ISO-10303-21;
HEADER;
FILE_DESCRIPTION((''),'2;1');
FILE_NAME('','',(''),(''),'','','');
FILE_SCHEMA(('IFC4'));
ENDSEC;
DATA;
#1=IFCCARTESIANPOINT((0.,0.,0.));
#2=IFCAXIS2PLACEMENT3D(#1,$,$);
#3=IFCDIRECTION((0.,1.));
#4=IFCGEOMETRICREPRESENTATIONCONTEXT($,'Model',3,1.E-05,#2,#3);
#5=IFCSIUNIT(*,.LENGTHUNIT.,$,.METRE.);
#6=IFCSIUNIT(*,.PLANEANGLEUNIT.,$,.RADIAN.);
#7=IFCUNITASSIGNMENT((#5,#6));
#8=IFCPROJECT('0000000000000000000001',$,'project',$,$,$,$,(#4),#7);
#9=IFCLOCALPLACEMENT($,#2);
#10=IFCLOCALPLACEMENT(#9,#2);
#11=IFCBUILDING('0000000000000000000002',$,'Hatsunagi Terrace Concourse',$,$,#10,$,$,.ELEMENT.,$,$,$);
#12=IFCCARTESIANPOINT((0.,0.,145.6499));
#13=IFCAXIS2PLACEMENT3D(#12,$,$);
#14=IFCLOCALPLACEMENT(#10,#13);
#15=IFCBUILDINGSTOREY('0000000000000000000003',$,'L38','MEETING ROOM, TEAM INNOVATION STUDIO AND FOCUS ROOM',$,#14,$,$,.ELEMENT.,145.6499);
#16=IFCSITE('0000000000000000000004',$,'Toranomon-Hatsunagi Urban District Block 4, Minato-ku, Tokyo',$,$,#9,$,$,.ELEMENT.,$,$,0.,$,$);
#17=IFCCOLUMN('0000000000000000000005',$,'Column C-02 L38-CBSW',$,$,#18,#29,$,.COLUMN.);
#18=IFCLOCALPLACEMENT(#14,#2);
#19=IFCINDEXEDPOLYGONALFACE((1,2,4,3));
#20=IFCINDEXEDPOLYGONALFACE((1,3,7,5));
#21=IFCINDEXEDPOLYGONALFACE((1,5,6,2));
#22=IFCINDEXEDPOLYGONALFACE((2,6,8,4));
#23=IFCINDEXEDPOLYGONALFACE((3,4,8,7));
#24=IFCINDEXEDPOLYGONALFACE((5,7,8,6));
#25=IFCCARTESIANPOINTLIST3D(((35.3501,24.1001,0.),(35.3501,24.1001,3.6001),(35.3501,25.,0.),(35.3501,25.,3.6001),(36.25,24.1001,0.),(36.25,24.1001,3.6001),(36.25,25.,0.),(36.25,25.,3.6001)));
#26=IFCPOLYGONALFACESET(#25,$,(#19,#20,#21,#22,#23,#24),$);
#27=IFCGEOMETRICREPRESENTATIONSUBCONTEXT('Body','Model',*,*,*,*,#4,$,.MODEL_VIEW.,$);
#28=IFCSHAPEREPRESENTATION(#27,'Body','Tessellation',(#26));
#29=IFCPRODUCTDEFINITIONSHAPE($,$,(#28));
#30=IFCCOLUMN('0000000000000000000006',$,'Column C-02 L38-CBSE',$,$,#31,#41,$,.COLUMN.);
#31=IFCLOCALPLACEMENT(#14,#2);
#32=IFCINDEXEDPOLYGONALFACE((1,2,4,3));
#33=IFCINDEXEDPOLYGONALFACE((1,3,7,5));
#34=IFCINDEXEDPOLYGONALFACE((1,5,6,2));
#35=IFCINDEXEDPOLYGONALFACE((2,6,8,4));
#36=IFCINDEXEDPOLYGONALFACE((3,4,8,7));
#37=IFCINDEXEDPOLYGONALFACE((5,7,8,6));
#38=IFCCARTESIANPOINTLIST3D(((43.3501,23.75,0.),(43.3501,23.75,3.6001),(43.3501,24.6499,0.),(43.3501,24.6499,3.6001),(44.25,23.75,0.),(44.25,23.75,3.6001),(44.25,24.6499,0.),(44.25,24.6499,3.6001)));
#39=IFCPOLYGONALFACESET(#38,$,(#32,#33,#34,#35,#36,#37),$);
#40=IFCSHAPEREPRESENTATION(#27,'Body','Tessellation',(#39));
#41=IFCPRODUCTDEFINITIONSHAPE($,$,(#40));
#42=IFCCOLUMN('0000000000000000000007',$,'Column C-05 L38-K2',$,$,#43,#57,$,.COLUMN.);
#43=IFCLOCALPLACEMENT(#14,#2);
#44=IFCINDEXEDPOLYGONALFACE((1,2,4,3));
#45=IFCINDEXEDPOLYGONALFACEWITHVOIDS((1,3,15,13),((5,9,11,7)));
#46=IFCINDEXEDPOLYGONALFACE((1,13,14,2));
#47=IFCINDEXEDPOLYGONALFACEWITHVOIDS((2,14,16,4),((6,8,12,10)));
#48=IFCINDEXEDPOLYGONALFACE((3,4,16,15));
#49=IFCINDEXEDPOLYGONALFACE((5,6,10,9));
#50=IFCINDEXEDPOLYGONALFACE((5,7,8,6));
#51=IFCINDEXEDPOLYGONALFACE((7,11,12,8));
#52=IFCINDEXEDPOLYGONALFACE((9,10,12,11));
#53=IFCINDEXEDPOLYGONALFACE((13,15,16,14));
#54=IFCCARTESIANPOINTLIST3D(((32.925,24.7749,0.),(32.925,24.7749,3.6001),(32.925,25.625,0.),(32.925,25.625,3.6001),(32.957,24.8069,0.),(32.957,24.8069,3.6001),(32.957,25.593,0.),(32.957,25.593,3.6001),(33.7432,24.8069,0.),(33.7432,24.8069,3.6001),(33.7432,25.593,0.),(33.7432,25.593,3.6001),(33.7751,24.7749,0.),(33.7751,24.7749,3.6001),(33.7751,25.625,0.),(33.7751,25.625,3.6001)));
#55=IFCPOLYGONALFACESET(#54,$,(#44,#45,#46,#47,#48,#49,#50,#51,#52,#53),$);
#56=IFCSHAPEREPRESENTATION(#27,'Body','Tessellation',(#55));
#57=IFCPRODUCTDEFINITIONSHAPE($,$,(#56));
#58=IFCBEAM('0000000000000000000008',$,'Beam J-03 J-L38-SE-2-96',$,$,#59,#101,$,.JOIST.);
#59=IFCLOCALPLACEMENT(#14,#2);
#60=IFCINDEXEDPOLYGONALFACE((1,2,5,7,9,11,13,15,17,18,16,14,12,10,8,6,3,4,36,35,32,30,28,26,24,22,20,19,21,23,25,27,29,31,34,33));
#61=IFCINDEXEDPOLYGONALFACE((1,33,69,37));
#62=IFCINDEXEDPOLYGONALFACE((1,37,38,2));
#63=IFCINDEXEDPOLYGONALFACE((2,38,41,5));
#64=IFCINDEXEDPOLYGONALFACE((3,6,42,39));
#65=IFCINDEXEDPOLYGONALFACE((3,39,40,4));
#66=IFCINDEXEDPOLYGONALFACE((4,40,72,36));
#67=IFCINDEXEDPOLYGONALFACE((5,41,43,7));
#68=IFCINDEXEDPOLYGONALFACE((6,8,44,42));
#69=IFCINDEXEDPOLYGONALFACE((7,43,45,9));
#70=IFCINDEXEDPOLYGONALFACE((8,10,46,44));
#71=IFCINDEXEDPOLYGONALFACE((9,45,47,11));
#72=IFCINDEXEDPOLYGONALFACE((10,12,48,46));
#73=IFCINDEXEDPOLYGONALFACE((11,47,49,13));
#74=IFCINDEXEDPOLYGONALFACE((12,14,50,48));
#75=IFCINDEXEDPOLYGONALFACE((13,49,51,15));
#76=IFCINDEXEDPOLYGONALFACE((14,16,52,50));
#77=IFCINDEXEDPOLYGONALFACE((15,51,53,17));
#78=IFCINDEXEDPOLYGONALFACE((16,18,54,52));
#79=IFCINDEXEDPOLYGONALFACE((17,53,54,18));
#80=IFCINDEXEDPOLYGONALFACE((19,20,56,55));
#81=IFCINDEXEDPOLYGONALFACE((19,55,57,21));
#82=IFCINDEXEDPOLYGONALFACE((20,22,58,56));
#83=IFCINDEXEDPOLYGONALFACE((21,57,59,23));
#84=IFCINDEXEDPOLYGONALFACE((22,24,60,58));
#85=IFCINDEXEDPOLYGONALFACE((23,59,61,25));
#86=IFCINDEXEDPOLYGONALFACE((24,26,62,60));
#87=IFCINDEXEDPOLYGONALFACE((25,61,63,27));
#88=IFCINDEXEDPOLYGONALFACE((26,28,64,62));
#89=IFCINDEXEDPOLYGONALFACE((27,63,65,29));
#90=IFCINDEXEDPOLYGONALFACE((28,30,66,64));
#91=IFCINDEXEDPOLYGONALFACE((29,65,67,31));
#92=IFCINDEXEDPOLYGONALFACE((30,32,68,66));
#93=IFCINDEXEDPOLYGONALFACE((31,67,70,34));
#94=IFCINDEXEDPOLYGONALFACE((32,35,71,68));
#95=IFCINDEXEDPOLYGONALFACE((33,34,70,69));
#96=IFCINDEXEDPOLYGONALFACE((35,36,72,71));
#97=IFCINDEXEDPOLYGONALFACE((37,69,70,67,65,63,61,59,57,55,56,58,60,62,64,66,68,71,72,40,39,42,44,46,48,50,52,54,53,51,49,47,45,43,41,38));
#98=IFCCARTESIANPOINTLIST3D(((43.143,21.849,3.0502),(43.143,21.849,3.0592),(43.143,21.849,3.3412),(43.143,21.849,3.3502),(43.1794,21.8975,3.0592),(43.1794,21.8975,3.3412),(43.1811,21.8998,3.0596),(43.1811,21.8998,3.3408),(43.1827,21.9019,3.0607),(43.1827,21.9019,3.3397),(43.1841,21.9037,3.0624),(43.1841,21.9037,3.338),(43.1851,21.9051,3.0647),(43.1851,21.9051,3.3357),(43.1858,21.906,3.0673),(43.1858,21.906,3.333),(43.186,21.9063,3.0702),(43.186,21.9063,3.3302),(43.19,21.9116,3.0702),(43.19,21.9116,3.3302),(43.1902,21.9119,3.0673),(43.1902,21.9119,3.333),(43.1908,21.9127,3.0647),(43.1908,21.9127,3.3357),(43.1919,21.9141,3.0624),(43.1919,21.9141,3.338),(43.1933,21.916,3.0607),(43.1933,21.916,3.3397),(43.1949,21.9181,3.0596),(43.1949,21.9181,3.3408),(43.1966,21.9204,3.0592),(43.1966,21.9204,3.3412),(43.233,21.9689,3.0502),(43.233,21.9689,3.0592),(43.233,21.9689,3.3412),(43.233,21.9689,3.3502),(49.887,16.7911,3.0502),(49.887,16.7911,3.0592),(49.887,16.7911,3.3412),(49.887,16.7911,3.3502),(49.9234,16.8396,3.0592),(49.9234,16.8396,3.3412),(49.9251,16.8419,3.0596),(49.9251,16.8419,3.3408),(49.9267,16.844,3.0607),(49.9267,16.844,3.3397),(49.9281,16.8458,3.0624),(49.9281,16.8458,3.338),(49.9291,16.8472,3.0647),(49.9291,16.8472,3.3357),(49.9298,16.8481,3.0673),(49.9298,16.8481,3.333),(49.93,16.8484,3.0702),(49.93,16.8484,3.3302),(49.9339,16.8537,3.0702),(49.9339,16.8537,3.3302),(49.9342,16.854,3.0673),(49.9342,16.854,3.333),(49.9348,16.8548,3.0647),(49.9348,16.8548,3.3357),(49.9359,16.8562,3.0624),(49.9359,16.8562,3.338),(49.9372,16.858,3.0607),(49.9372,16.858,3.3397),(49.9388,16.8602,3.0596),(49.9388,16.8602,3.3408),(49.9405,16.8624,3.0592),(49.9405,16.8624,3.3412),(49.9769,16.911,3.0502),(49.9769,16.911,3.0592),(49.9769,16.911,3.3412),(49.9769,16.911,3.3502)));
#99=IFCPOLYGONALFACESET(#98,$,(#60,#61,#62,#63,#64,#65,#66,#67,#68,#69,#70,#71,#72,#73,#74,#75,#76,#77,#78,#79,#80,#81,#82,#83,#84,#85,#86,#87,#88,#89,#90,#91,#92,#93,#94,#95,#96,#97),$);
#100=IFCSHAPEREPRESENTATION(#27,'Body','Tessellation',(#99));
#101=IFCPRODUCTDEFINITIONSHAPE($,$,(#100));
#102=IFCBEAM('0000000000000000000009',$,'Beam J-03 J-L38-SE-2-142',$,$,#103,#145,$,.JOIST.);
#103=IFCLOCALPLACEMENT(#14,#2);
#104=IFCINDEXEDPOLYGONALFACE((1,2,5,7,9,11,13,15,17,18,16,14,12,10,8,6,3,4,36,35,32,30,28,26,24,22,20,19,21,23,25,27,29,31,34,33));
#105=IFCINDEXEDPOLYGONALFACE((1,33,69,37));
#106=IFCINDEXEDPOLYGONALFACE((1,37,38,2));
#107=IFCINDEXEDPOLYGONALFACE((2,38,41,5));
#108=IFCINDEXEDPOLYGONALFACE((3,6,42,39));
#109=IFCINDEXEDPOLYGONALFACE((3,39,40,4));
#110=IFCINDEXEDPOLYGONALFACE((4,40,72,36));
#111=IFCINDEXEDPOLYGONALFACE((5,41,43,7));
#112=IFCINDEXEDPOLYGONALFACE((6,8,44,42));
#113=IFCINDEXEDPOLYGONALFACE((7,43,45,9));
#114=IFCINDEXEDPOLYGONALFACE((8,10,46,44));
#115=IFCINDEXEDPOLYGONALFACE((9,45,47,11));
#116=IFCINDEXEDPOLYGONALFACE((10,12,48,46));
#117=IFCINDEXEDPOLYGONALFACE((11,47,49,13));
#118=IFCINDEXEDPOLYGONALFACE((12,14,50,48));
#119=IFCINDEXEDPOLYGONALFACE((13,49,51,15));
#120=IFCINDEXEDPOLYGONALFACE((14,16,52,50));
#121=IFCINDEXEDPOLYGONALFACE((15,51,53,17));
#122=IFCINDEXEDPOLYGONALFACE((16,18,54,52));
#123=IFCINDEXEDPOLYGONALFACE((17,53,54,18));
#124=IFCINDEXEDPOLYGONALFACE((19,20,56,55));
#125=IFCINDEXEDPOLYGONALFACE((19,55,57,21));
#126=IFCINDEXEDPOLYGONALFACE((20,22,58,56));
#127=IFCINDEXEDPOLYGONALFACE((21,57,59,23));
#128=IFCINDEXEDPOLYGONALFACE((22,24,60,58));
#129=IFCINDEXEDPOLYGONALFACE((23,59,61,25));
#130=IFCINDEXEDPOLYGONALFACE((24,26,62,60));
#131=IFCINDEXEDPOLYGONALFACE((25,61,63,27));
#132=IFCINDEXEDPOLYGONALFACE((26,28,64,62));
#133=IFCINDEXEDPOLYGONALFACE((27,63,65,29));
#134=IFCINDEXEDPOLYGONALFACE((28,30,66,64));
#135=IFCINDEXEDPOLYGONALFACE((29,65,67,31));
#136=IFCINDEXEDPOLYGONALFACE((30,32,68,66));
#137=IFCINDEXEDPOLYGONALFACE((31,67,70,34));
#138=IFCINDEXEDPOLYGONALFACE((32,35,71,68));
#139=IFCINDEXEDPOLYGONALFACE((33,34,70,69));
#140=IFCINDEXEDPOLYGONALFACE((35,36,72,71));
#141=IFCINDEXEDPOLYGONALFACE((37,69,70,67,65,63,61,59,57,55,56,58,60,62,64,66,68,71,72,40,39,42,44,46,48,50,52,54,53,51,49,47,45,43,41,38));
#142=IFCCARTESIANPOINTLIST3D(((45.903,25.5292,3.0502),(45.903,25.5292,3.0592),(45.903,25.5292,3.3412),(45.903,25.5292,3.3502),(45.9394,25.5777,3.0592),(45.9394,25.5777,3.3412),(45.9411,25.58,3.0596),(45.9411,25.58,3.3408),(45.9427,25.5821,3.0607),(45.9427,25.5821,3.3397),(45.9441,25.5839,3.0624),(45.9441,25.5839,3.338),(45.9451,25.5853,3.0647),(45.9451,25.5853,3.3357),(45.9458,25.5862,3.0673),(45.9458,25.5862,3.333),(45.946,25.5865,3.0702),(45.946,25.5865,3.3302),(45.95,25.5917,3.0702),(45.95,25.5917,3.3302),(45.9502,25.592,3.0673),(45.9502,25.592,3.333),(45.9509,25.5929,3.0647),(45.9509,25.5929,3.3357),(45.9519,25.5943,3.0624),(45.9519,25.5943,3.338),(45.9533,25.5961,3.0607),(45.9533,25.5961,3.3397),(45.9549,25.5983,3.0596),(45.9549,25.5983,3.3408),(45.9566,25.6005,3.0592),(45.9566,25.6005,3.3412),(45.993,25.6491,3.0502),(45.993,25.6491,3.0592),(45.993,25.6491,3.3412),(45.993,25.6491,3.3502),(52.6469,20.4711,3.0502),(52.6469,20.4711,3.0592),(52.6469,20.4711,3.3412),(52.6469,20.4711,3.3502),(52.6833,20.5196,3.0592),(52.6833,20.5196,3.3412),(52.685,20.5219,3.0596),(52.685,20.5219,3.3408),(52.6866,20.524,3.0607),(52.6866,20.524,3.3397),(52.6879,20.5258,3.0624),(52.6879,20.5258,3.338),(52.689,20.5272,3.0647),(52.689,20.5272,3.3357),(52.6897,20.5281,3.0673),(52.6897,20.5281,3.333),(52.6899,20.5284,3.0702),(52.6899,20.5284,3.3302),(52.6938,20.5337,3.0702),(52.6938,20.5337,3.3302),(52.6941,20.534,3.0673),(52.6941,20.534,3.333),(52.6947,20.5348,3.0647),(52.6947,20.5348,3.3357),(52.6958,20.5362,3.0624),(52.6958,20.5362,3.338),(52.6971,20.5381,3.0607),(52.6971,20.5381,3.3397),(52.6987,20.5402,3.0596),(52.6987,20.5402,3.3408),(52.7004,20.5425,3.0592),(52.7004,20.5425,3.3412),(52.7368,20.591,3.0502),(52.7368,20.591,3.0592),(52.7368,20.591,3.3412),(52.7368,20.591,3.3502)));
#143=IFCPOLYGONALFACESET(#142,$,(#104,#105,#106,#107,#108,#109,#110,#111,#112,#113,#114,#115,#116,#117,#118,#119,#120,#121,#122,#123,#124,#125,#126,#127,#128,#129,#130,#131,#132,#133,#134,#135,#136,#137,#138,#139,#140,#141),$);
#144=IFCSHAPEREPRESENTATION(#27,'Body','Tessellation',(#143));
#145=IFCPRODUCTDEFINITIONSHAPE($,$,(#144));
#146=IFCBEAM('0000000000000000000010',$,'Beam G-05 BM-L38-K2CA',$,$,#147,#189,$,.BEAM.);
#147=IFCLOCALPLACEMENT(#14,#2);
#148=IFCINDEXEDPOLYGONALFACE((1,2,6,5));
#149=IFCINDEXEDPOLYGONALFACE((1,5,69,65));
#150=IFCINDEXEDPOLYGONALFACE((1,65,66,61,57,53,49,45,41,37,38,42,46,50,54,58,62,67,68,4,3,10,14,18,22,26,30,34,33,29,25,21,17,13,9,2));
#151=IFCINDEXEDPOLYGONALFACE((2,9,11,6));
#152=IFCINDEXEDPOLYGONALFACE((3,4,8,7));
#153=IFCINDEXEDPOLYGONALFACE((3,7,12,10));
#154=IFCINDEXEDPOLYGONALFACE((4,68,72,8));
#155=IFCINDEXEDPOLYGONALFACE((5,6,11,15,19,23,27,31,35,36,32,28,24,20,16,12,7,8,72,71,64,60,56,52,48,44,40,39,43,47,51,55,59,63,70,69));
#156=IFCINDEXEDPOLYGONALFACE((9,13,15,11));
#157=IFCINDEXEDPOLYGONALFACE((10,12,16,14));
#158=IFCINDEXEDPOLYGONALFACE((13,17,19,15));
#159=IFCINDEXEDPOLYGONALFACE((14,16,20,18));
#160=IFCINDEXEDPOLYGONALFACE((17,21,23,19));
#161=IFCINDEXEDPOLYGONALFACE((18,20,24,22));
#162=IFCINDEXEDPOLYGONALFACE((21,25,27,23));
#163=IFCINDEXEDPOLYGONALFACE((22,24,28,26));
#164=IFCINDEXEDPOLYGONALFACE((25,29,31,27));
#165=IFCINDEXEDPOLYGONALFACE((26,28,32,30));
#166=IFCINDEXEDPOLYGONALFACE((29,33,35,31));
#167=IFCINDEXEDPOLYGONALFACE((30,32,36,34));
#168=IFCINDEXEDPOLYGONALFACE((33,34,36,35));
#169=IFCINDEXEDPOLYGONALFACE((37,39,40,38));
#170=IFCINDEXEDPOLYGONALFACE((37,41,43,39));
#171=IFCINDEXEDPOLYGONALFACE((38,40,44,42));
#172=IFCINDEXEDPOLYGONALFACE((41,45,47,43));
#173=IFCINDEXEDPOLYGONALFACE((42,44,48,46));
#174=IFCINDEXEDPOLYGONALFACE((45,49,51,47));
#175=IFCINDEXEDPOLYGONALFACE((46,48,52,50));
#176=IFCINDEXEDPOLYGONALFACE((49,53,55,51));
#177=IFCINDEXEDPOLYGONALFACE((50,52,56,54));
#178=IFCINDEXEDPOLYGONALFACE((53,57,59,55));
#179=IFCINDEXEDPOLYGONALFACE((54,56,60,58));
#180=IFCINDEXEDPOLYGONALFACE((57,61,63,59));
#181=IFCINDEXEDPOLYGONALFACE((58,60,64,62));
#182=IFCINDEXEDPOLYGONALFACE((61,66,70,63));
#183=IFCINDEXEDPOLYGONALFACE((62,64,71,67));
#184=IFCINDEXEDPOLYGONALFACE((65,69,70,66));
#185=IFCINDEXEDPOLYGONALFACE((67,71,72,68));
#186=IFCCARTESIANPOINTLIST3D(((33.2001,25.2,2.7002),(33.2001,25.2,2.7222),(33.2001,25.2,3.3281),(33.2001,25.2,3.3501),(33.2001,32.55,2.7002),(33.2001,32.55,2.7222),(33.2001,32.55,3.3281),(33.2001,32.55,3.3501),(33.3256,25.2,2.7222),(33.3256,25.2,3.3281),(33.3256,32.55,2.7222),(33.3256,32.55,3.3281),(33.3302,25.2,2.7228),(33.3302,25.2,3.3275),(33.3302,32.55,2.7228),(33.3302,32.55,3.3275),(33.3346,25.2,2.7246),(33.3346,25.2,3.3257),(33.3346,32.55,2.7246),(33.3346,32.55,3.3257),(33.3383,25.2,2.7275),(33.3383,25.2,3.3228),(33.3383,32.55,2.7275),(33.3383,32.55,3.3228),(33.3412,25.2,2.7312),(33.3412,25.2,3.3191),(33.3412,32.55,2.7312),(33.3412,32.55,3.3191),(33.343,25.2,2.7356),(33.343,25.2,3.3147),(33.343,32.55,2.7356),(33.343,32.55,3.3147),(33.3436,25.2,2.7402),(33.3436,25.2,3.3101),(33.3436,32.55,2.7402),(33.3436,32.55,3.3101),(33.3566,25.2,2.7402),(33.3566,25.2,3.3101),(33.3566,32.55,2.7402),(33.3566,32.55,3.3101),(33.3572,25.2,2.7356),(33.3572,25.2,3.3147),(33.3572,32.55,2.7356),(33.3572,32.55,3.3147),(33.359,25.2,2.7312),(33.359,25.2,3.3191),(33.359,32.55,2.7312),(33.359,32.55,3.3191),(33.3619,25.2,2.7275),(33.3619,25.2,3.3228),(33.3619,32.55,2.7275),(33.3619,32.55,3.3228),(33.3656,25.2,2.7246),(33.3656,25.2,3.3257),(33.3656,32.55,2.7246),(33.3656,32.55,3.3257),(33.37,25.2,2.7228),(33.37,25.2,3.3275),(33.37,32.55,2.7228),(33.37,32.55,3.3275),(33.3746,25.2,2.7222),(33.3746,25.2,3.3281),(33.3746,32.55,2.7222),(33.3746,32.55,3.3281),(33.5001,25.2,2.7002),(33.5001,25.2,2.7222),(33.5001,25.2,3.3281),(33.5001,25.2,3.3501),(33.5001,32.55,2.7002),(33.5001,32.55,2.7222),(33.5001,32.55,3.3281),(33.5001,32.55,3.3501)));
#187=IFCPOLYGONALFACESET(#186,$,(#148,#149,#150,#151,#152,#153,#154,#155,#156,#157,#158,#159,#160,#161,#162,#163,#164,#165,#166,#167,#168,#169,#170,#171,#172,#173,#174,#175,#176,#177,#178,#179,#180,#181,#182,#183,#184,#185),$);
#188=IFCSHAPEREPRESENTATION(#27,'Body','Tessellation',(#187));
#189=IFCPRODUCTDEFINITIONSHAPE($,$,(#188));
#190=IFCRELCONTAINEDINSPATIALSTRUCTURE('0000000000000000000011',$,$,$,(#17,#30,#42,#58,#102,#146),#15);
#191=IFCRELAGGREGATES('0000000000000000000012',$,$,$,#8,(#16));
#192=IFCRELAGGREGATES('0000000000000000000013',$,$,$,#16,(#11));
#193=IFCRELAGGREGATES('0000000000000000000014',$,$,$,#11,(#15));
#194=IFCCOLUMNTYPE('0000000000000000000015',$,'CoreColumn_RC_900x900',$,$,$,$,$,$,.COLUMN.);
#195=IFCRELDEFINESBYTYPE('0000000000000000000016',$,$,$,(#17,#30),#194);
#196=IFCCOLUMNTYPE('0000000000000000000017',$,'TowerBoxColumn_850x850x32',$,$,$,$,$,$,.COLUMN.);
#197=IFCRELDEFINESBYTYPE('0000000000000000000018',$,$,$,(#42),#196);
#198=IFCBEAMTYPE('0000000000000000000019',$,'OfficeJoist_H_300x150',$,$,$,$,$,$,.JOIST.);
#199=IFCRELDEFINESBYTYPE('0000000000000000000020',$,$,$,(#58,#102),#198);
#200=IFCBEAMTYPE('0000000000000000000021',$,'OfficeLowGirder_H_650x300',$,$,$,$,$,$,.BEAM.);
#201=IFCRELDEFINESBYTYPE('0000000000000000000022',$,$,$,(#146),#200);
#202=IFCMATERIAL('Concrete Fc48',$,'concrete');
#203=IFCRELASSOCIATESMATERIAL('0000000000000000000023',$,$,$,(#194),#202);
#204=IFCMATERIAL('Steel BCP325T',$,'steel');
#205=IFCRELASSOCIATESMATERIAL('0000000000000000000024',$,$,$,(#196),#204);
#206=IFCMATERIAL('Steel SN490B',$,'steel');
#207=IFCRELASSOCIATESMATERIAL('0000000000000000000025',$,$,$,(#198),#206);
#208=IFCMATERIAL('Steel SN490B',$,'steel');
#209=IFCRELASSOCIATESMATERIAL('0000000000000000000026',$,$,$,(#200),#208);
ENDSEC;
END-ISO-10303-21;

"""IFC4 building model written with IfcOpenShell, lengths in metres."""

from ifc_helpers import new_model, si_unit, direction, frame, origin, origin_2d, place, context, subcontext, project, spatial, rectangle, hollow_rectangle, i_section, extrude, material, material_profile, profile_set, type_object, element, save


model = new_model("IFC4")

# Units and contexts
model_context = context("Model", 3, precision=1e-05, world=origin(), true_north=direction((0.0, 1.0)))
body_context = subcontext(model_context, "Body", "Model", "MODEL_VIEW")
ifc_project = project(units=[si_unit("LENGTHUNIT", "METRE"), si_unit("PLANEANGLEUNIT", "RADIAN")], contexts=[model_context])

# Site, building, storey
site_placement = place(None, origin())
site = spatial("IfcSite", under=ifc_project, at=site_placement, Name="Toranomon-Hatsunagi Urban District Block 4, Minato-ku, Tokyo", CompositionType="ELEMENT", RefElevation=0.0)
building_placement = place(site_placement, origin())
building = spatial("IfcBuilding", under=site, at=building_placement, Name="Hatsunagi Terrace Concourse", CompositionType="ELEMENT")
storey_placement = place(building_placement, frame((0.0, 0.0, 145.6499)))
storey = spatial("IfcBuildingStorey", under=building, at=storey_placement, Name="L38", Description="MEETING ROOM, TEAM INNOVATION STUDIO AND FOCUS ROOM", CompositionType="ELEMENT", Elevation=145.6499)

# Columns
ifc_material_1 = material(Name="Concrete Fc48", Category="concrete")
ifc_material_profile_1 = material_profile(ifc_material_1, rectangle(XDim=0.8999, YDim=0.8999, at=origin_2d()), Name="RC-900x900")
ifc_profile_set_1 = profile_set([ifc_material_profile_1], Name="Concrete Fc48")
column_type_1 = type_object("IfcColumnType", Name="CoreColumn_RC_900x900", PredefinedType="COLUMN", material=ifc_profile_set_1)
for number, where, z_axis, x_axis, name in (
    (1, (35.8, 24.55, 0.0), (0.0, 0.0, 1.0), (1.0, 0.0, 0.0), "Column C-02 L38-CBSW"),
    (2, (43.8, 24.2, 0.0), (0.0, 0.0, 1.0), (1.0, 0.0, 0.0), "Column C-02 L38-CBSE"),
):
    element("IfcColumn", number, at=place(storey_placement, frame(where, z_axis=z_axis, x_axis=x_axis)), inside=storey, type_object=column_type_1, Name=name, PredefinedType="COLUMN", context=body_context, shape_type="SweptSolid", body=[
        extrude(rectangle(XDim=0.8999, YDim=0.8999, at=origin_2d()), origin(), (0.0, 0.0, 1.0), 3.6001),
    ])
ifc_material_2 = material(Name="Steel BCP325T", Category="steel")
ifc_material_profile_2 = material_profile(ifc_material_2, hollow_rectangle(XDim=0.8501, YDim=0.8501, WallThickness=0.032, at=origin_2d()), Name="BCP-850x850x32")
ifc_profile_set_2 = profile_set([ifc_material_profile_2], Name="Steel BCP325T")
column_type_2 = type_object("IfcColumnType", Name="TowerBoxColumn_850x850x32", PredefinedType="COLUMN", material=ifc_profile_set_2)
column_placement = place(storey_placement, frame((33.3501, 25.2, 0.0), z_axis=(0.0, 0.0, 1.0), x_axis=(1.0, 0.0, 0.0)))
element("IfcColumn", 3, at=column_placement, inside=storey, type_object=column_type_2, Name="Column C-05 L38-K2", PredefinedType="COLUMN", context=body_context, shape_type="SweptSolid", body=[
    extrude(hollow_rectangle(XDim=0.8501, YDim=0.8501, WallThickness=0.032, at=origin_2d()), origin(), (0.0, 0.0, 1.0), 3.6001),
])

# Beams
ifc_material_3 = material(Name="Steel SN490B", Category="steel")
ifc_material_profile_3 = material_profile(ifc_material_3, i_section(OverallWidth=0.1499, OverallDepth=0.3, WebThickness=0.0066, FlangeThickness=0.009, FilletRadius=0.011, at=origin_2d()), Name="H-300x150x6.5x9")
ifc_profile_set_3 = profile_set([ifc_material_profile_3], Name="Steel SN490B")
beam_type_1 = type_object("IfcBeamType", Name="OfficeJoist_H_300x150", PredefinedType="JOIST", material=ifc_profile_set_3)
for number, where, z_axis, x_axis, name in (
    (4, (43.188, 21.9089, 3.2002), (0.800003, -0.599995, 0.0), (0.599995, 0.800003, 0.0), "Beam J-03 J-L38-SE-2-96"),
    (5, (45.948, 25.5891, 3.2002), (0.79999, -0.600014, 0.0), (0.600014, 0.79999, 0.0), "Beam J-03 J-L38-SE-2-142"),
):
    element("IfcBeam", number, at=place(storey_placement, frame(where, z_axis=z_axis, x_axis=x_axis)), inside=storey, type_object=beam_type_1, Name=name, PredefinedType="JOIST", context=body_context, shape_type="SweptSolid", body=[
        extrude(i_section(OverallWidth=0.1499, OverallDepth=0.3, WebThickness=0.0066, FlangeThickness=0.009, FilletRadius=0.011, at=origin_2d()), origin(), (0.0, 0.0, 1.0), 8.4299),
    ])
ifc_material_4 = material(Name="Steel SN490B", Category="steel")
ifc_material_profile_4 = material_profile(ifc_material_4, i_section(OverallWidth=0.3, OverallDepth=0.6499, WebThickness=0.0129, FlangeThickness=0.022, FilletRadius=0.0181, at=origin_2d()), Name="H-650x300x13x22")
ifc_profile_set_4 = profile_set([ifc_material_profile_4], Name="Steel SN490B")
beam_type_2 = type_object("IfcBeamType", Name="OfficeLowGirder_H_650x300", PredefinedType="BEAM", material=ifc_profile_set_4)
beam_1_placement = place(storey_placement, frame((33.3501, 25.2, 3.0251), z_axis=(0.0, 1.0, 0.0), x_axis=(-1.0, 0.0, 0.0)))
element("IfcBeam", 6, at=beam_1_placement, inside=storey, type_object=beam_type_2, Name="Beam G-05 BM-L38-K2CA", PredefinedType="BEAM", context=body_context, shape_type="SweptSolid", body=[
    extrude(i_section(OverallWidth=0.3, OverallDepth=0.6499, WebThickness=0.0129, FlangeThickness=0.022, FilletRadius=0.0181, at=origin_2d()), origin(), (0.0, 0.0, 1.0), 7.3501),
])

save(model, "model.ifc")
